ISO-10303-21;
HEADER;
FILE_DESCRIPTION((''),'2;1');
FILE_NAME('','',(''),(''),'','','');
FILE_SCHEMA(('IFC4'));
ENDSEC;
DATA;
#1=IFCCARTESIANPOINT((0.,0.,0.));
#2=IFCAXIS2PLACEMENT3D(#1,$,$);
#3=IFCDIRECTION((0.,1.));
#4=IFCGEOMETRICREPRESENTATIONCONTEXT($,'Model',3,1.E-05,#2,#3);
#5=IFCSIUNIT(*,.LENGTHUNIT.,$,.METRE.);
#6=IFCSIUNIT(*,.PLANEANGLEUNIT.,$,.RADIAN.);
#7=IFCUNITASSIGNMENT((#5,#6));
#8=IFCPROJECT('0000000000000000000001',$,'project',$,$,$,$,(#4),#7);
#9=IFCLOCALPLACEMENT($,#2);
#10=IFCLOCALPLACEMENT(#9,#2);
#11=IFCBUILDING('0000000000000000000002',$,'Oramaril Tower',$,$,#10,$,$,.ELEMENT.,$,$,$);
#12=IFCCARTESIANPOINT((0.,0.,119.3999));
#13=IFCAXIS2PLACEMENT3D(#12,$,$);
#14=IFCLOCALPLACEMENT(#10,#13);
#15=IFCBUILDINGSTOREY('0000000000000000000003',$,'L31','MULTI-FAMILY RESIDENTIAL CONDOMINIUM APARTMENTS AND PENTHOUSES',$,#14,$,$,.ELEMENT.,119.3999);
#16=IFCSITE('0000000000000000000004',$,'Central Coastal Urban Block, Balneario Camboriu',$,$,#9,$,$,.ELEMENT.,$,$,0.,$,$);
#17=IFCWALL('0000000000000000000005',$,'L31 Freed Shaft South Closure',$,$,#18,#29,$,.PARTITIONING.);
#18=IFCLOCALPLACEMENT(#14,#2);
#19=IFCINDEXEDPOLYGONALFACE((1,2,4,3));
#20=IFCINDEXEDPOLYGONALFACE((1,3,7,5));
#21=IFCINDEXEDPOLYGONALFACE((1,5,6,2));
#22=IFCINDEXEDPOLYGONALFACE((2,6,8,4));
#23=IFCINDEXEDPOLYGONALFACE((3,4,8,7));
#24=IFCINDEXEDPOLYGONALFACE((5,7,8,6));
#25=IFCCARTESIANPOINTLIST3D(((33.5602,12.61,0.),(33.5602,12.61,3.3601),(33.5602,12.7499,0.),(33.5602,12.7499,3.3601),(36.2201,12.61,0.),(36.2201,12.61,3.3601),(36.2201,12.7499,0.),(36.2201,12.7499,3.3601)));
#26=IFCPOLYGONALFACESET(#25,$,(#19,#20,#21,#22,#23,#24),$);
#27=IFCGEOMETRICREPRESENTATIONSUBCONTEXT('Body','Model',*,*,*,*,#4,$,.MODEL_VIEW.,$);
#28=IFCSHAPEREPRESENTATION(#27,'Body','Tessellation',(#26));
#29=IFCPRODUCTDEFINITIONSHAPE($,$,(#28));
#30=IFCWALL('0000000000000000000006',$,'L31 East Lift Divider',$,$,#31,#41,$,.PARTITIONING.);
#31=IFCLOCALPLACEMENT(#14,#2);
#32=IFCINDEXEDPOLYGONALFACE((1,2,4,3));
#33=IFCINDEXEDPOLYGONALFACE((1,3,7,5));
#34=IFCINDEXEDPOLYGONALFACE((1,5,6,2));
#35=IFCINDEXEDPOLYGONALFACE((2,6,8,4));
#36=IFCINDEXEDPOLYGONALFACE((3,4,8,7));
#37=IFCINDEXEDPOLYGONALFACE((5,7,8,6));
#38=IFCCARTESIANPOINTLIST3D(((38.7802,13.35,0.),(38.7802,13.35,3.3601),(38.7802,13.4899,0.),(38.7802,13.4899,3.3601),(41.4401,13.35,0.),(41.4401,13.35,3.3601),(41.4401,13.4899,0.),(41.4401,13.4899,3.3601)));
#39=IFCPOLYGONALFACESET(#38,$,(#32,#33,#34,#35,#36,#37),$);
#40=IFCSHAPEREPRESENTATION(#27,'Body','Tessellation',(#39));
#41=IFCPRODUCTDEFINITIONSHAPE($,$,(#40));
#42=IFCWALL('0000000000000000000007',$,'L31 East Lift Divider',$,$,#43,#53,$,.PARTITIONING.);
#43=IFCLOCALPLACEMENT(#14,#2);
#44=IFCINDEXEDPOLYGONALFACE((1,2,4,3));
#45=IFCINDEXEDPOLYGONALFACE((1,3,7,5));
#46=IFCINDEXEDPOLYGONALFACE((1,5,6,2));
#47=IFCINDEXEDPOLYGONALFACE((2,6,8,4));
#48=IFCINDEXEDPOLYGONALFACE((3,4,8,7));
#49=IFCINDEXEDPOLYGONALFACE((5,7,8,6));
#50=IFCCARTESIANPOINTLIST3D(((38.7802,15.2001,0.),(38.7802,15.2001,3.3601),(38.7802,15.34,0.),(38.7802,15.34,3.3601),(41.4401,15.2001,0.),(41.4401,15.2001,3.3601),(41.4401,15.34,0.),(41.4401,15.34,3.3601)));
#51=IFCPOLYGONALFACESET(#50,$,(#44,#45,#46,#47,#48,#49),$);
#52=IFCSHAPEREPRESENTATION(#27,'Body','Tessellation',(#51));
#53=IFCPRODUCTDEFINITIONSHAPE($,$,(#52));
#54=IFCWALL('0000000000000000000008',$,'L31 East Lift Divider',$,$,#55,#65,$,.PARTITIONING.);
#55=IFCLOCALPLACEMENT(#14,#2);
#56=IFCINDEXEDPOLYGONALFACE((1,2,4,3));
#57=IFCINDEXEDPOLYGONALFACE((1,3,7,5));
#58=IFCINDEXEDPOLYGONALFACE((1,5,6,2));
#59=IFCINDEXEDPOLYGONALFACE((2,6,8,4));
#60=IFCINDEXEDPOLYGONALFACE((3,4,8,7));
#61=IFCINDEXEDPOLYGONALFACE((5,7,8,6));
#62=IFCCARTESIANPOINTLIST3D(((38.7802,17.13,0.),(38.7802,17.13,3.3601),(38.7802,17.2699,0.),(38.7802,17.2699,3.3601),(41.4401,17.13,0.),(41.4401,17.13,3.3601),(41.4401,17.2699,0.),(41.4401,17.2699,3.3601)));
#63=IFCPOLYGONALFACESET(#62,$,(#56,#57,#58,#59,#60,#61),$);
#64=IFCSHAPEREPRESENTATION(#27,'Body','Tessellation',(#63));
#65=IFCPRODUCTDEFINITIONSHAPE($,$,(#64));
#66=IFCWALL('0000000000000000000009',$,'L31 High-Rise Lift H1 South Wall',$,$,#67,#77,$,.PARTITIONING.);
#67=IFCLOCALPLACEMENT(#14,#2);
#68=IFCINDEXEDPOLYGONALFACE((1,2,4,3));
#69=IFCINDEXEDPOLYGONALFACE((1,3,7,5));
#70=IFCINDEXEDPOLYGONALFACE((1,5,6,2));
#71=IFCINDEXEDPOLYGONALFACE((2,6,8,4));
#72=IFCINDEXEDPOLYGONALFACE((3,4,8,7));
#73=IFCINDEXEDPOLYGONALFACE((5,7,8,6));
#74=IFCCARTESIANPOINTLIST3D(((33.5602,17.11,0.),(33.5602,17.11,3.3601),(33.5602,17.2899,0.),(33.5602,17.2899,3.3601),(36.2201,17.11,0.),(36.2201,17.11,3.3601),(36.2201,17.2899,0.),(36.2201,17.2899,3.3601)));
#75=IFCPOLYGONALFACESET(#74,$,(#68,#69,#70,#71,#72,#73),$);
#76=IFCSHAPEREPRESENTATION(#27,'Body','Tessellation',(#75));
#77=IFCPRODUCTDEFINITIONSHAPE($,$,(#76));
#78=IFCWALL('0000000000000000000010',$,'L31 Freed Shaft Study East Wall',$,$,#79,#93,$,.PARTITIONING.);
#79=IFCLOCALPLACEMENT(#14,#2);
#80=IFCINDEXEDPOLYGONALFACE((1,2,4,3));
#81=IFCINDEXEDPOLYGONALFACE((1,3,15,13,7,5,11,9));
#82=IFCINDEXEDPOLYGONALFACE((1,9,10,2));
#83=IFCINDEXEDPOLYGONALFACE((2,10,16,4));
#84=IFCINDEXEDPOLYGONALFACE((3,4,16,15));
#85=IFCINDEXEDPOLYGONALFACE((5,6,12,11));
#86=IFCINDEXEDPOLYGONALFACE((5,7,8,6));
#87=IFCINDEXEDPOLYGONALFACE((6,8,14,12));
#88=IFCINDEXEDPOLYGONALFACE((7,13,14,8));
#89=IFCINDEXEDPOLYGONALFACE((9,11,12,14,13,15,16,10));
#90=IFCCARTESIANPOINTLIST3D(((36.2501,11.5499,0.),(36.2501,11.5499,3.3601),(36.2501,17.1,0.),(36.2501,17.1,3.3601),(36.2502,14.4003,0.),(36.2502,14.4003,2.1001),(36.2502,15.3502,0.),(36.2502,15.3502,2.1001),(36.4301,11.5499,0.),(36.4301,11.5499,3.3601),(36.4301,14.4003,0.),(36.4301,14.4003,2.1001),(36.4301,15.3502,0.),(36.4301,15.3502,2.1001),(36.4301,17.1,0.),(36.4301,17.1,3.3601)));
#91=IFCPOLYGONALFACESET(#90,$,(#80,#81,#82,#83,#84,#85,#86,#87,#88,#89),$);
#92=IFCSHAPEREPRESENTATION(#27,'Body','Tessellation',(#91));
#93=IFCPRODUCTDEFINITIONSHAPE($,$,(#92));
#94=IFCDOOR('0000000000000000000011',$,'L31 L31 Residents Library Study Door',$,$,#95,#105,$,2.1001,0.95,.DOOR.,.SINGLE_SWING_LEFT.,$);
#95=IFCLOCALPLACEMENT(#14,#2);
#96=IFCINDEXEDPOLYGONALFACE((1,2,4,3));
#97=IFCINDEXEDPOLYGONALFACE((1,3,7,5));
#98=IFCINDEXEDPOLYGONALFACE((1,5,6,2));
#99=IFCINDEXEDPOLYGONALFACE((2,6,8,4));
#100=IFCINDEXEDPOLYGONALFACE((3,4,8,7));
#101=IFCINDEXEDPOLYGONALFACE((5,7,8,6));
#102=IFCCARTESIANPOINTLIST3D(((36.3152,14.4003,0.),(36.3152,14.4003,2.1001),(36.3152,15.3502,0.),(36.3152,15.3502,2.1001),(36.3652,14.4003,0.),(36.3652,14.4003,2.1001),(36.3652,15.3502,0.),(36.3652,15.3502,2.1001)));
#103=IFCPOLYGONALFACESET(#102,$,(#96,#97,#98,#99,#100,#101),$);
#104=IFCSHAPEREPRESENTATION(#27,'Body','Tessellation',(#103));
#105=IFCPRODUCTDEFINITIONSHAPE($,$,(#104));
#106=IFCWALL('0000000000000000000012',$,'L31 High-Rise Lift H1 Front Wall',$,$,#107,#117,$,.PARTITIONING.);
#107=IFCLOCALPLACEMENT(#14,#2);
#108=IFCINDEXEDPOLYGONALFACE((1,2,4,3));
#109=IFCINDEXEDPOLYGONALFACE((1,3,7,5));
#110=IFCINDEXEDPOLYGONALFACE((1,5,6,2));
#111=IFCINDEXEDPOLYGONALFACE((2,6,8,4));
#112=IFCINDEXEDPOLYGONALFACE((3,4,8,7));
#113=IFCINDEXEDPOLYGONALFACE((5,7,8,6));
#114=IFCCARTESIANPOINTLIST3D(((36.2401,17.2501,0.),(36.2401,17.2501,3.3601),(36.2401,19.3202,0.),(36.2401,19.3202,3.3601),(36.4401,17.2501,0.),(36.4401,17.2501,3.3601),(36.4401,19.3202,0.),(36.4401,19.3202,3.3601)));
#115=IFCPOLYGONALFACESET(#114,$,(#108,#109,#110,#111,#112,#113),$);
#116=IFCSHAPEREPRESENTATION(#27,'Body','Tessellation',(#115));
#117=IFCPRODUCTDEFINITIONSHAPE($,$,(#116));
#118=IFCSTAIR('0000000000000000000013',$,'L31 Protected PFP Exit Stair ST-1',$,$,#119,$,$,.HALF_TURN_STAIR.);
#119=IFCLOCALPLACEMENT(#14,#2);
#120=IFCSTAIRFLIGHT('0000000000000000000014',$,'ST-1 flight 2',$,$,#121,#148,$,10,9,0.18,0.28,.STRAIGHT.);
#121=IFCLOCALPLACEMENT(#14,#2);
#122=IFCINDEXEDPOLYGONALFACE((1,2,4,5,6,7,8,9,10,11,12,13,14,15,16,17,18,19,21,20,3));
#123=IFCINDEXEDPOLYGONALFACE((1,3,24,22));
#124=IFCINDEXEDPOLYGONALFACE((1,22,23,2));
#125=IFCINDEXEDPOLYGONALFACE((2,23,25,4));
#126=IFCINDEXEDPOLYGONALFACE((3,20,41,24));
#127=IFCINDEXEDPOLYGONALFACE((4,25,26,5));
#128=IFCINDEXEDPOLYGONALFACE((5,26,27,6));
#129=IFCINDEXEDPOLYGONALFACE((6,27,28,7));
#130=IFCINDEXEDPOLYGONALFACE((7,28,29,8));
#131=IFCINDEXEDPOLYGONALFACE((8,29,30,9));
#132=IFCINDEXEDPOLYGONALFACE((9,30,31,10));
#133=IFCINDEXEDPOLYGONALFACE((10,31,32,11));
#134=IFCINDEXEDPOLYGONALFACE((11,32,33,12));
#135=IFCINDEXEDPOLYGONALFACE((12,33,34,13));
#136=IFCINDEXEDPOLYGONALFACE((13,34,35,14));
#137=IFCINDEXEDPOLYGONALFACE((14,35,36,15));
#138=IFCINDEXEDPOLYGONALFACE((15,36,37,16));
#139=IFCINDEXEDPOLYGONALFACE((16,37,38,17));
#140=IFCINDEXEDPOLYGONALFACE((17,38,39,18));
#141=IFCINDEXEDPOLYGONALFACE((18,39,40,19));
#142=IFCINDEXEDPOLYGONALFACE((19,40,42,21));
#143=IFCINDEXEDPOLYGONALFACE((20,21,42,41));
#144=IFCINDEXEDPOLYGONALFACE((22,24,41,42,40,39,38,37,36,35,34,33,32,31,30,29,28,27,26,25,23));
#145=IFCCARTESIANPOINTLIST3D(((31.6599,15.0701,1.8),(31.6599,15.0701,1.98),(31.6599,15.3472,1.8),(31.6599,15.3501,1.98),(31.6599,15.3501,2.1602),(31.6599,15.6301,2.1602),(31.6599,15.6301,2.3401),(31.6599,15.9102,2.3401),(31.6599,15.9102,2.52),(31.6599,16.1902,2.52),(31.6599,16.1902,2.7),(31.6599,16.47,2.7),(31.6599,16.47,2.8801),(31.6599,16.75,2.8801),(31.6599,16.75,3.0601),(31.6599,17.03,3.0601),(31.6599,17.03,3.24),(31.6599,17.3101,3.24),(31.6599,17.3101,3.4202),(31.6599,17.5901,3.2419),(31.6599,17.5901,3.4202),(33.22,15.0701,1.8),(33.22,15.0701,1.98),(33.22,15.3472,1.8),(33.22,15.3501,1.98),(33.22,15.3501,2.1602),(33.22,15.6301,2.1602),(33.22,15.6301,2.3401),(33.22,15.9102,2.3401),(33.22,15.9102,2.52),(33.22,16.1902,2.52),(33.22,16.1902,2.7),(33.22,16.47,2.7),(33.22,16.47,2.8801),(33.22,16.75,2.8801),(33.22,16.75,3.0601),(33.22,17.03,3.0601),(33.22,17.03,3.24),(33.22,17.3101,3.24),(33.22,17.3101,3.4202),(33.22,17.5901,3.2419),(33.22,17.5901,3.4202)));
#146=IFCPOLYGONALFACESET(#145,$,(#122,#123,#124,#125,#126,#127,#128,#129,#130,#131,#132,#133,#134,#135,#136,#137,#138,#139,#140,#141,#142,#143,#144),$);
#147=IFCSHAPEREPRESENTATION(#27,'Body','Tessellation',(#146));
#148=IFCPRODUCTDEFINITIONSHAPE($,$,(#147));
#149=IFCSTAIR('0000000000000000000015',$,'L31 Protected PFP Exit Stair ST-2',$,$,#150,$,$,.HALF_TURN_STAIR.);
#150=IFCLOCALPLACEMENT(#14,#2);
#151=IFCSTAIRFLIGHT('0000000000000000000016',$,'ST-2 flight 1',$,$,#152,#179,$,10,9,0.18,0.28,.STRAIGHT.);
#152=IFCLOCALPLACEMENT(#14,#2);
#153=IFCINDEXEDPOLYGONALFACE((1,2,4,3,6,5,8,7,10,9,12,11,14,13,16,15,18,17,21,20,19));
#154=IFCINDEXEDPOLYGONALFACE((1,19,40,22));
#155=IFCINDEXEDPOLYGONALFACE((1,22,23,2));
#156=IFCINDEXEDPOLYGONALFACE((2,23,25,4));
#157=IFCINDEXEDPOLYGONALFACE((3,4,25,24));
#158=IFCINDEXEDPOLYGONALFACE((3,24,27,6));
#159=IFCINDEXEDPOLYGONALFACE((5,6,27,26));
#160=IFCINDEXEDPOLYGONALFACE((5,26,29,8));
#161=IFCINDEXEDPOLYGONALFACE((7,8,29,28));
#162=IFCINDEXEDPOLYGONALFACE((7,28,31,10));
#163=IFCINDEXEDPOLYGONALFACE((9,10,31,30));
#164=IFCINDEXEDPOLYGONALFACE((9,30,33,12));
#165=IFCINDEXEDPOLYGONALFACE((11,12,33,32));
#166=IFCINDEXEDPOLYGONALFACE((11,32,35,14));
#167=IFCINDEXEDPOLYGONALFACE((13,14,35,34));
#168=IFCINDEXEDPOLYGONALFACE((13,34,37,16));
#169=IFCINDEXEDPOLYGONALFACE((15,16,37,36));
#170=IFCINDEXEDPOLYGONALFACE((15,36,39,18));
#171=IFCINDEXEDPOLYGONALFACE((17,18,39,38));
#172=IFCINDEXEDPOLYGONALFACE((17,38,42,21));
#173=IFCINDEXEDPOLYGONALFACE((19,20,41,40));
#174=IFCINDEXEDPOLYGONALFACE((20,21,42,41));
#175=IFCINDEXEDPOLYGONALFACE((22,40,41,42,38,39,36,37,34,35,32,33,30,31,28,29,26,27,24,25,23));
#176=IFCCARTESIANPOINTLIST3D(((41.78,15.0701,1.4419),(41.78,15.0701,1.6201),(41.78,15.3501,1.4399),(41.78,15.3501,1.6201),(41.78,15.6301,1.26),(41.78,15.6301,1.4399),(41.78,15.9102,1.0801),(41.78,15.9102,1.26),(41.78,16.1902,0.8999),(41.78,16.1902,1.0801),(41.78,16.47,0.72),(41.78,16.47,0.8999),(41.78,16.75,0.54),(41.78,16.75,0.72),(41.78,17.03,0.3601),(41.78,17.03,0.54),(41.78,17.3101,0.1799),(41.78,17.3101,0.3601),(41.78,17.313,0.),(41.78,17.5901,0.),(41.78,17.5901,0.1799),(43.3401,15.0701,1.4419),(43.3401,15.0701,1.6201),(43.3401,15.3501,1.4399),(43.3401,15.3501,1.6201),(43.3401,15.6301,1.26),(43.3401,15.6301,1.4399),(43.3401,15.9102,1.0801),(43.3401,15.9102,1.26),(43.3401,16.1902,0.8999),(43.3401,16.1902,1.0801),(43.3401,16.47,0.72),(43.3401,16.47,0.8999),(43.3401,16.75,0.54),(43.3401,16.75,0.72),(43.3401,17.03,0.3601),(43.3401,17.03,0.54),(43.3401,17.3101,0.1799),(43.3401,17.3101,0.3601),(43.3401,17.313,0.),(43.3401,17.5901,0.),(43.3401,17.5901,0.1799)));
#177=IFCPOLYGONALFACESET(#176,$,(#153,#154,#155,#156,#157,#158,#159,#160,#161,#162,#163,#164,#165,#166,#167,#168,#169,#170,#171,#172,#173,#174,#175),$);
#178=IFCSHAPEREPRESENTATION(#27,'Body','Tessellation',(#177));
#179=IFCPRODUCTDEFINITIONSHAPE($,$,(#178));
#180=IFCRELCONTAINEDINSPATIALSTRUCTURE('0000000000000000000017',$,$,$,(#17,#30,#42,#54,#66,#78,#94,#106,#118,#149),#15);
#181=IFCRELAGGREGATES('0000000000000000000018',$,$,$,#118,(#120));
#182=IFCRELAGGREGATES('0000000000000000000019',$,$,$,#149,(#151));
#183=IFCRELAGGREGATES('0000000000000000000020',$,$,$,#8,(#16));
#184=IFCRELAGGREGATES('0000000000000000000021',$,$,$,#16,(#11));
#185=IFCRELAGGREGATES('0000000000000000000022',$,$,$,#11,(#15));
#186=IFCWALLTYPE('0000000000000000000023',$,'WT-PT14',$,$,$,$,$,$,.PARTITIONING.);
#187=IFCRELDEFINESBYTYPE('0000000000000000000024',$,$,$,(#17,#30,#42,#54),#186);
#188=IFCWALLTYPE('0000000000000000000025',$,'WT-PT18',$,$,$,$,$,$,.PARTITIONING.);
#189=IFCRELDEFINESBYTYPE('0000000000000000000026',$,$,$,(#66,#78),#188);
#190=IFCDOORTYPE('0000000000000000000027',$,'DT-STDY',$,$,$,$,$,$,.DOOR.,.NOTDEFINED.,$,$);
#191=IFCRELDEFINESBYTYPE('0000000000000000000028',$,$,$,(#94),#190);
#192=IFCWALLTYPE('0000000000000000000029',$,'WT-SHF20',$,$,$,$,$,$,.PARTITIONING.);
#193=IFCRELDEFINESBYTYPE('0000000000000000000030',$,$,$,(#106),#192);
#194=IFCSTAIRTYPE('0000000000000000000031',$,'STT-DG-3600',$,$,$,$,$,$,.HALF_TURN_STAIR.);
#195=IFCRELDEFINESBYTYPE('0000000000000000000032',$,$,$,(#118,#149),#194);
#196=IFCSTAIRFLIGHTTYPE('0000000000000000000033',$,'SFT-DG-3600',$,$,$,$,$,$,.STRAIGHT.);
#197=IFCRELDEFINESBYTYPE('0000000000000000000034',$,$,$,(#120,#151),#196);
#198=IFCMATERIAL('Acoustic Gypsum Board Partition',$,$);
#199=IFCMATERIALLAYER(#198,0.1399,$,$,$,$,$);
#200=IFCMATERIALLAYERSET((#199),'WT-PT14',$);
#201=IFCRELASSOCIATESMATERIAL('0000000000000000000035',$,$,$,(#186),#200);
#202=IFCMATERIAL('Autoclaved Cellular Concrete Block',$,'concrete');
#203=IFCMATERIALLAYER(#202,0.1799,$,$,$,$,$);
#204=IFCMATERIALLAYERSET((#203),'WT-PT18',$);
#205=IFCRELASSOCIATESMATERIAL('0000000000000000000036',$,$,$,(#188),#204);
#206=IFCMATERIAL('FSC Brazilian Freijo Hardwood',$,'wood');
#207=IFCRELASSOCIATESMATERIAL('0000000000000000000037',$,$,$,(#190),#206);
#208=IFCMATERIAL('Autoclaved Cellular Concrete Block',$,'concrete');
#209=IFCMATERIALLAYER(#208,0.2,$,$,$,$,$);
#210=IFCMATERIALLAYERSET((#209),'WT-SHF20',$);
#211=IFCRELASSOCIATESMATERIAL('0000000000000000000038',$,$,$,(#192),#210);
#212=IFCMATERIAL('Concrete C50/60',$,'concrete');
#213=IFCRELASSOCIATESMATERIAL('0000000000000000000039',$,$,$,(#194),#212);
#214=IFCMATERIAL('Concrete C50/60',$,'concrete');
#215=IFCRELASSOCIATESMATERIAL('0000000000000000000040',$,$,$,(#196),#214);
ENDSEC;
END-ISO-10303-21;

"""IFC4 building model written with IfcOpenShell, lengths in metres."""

from ifc_helpers import new_model, si_unit, direction, frame, frame_2d, origin, place, context, subcontext, project, spatial, polyline, rectangle, outline, extrude, material, layer, layer_set, type_object, element, fill, aggregate, save


model = new_model("IFC4")

# Units and contexts
model_context = context("Model", 3, precision=1e-05, world=origin(), true_north=direction((0.0, 1.0)))
body_context = subcontext(model_context, "Body", "Model", "MODEL_VIEW")
ifc_project = project(units=[si_unit("LENGTHUNIT", "METRE"), si_unit("PLANEANGLEUNIT", "RADIAN")], contexts=[model_context])

# Site, building, storey
site_placement = place(None, origin())
site = spatial("IfcSite", under=ifc_project, at=site_placement, Name="Central Coastal Urban Block, Balneario Camboriu", CompositionType="ELEMENT", RefElevation=0.0)
building_placement = place(site_placement, origin())
building = spatial("IfcBuilding", under=site, at=building_placement, Name="Oramaril Tower", CompositionType="ELEMENT")
storey_placement = place(building_placement, frame((0.0, 0.0, 119.3999)))
storey = spatial("IfcBuildingStorey", under=building, at=storey_placement, Name="L31", Description="MULTI-FAMILY RESIDENTIAL CONDOMINIUM APARTMENTS AND PENTHOUSES", CompositionType="ELEMENT", Elevation=119.3999)

# Walls
ifc_material_1 = material(Name="Acoustic Gypsum Board Partition")
ifc_layer_1 = layer(ifc_material_1, 0.1399)
ifc_layer_set_1 = layer_set([ifc_layer_1], Name="WT-PT14")
wall_type_1 = type_object("IfcWallType", Name="WT-PT14", PredefinedType="PARTITIONING", material=ifc_layer_set_1)
for number, where, z_axis, x_axis, name in (
    (1, (33.5601, 12.6799, 0.0), (0.0, 0.0, 1.0), (1.0, 0.0, 0.0), "L31 Freed Shaft South Closure"),
    (2, (38.78, 13.4199, 0.0), (0.0, 0.0, 1.0), (1.0, 0.0, 0.0), "L31 East Lift Divider"),
    (3, (38.78, 15.27, 0.0), (0.0, 0.0, 1.0), (1.0, 0.0, 0.0), "L31 East Lift Divider"),
    (4, (38.78, 17.2, 0.0), (0.0, 0.0, 1.0), (1.0, 0.0, 0.0), "L31 East Lift Divider"),
):
    element("IfcWall", number, at=place(storey_placement, frame(where, z_axis=z_axis, x_axis=x_axis)), inside=storey, type_object=wall_type_1, Name=name, PredefinedType="PARTITIONING", context=body_context, shape_type="SweptSolid", body=[
        extrude(rectangle(XDim=2.6599, YDim=0.1399, at=frame_2d((1.3301, 0.0))), origin(), (0.0, 0.0, 1.0), 3.3601),
    ])
ifc_material_2 = material(Name="Autoclaved Cellular Concrete Block", Category="concrete")
ifc_layer_2 = layer(ifc_material_2, 0.1799)
ifc_layer_set_2 = layer_set([ifc_layer_2], Name="WT-PT18")
wall_type_2 = type_object("IfcWallType", Name="WT-PT18", PredefinedType="PARTITIONING", material=ifc_layer_set_2)
wall_1_placement = place(storey_placement, frame((33.5601, 17.2, 0.0), z_axis=(0.0, 0.0, 1.0), x_axis=(1.0, 0.0, 0.0)))
element("IfcWall", 5, at=wall_1_placement, inside=storey, type_object=wall_type_2, Name="L31 High-Rise Lift H1 South Wall", PredefinedType="PARTITIONING", context=body_context, shape_type="SweptSolid", body=[
    extrude(rectangle(XDim=2.6599, YDim=0.1799, at=frame_2d((1.3301, 0.0))), origin(), (0.0, 0.0, 1.0), 3.3601),
])

# Wall, opening, door
wall_2_placement = place(storey_placement, frame((36.3401, 11.55, 0.0), z_axis=(0.0, 0.0, 1.0), x_axis=(0.0, 1.0, 0.0)))
wall_2 = element("IfcWall", 6, at=wall_2_placement, inside=storey, type_object=wall_type_2, Name="L31 Freed Shaft Study East Wall", PredefinedType="PARTITIONING", context=body_context, shape_type="SweptSolid", body=[
    extrude(rectangle(XDim=5.55, YDim=0.1799, at=frame_2d((2.7749, 0.0))), origin(), (0.0, 0.0, 1.0), 3.3601),
])
opening_1_placement = place(wall_2_placement, frame((2.8501, 0.0, 0.0)))
opening_1 = element("IfcOpeningElement", 7, at=opening_1_placement, cuts=wall_2, PredefinedType="OPENING", context=body_context, shape_type="SweptSolid", body=[
    extrude(rectangle(XDim=0.95, YDim=2.1001, at=frame_2d((0.4751, 1.05))), frame((0.0, 0.0898, 0.0), z_axis=(0.0, -1.0, 0.0), x_axis=(1.0, 0.0, 0.0)), (0.0, 0.0, 1.0), 0.1799),
])
ifc_material_3 = material(Name="FSC Brazilian Freijo Hardwood", Category="wood")
door_type_1 = type_object("IfcDoorType", Name="DT-STDY", OperationType="NOTDEFINED", PredefinedType="DOOR", material=ifc_material_3)
door_1_placement = place(opening_1_placement, origin())
door_1 = element("IfcDoor", 8, at=door_1_placement, inside=storey, type_object=door_type_1, Name="L31 L31 Residents Library Study Door", OperationType="SINGLE_SWING_LEFT", OverallHeight=2.1001, OverallWidth=0.95, PredefinedType="DOOR", context=body_context, shape_type="SweptSolid", body=[
    extrude(rectangle(XDim=0.95, YDim=2.1001, at=frame_2d((0.4751, 1.05))), frame((0.0, 0.0249, 0.0), z_axis=(0.0, -1.0, 0.0), x_axis=(1.0, 0.0, 0.0)), (0.0, 0.0, 1.0), 0.05),
])
fill(opening_1, door_1)

# Wall
ifc_material_4 = material(Name="Autoclaved Cellular Concrete Block", Category="concrete")
ifc_layer_3 = layer(ifc_material_4, 0.2)
ifc_layer_set_3 = layer_set([ifc_layer_3], Name="WT-SHF20")
wall_type_3 = type_object("IfcWallType", Name="WT-SHF20", PredefinedType="PARTITIONING", material=ifc_layer_set_3)
wall_3_placement = place(storey_placement, frame((36.3401, 17.25, 0.0), z_axis=(0.0, 0.0, 1.0), x_axis=(0.0, 1.0, 0.0)))
element("IfcWall", 9, at=wall_3_placement, inside=storey, type_object=wall_type_3, Name="L31 High-Rise Lift H1 Front Wall", PredefinedType="PARTITIONING", context=body_context, shape_type="SweptSolid", body=[
    extrude(rectangle(XDim=2.0701, YDim=0.2, at=frame_2d((1.0352, 0.0))), origin(), (0.0, 0.0, 1.0), 3.3601),
])

# Stair, stair flight
ifc_material_5 = material(Name="Concrete C50/60", Category="concrete")
stair_type = type_object("IfcStairType", Name="STT-DG-3600", PredefinedType="HALF_TURN_STAIR", material=ifc_material_5)
stair_1_placement = place(storey_placement, origin())
stair_1 = element("IfcStair", 10, at=stair_1_placement, inside=storey, type_object=stair_type, Name="L31 Protected PFP Exit Stair ST-1", PredefinedType="HALF_TURN_STAIR")
ifc_material_6 = material(Name="Concrete C50/60", Category="concrete")
stair_flight_type = type_object("IfcStairFlightType", Name="SFT-DG-3600", PredefinedType="STRAIGHT", material=ifc_material_6)
stair_flight_1_placement = place(storey_placement, frame((32.4399, 15.0701, 1.8), z_axis=(0.0, 0.0, 1.0), x_axis=(0.0, 1.0, 0.0)))
stair_flight_1 = element("IfcStairFlight", 11, at=stair_flight_1_placement, type_object=stair_flight_type, Name="ST-1 flight 2", NumberOfRisers=10, NumberOfTreads=9, PredefinedType="STRAIGHT", RiserHeight=0.18, TreadLength=0.28, context=body_context, shape_type="SweptSolid", body=[
    extrude(outline(polyline([(0.0, 0.0), (0.0, 0.1799), (0.28, 0.1799), (0.28, 0.3601), (0.5601, 0.3601), (0.5601, 0.54), (0.8401, 0.54), (0.8401, 0.72), (1.1201, 0.72), (1.1201, 0.8999), (1.3999, 0.8999), (1.3999, 1.0801), (1.6799, 1.0801), (1.6799, 1.26), (1.96, 1.26), (1.96, 1.4399), (2.24, 1.4399), (2.24, 1.6201), (2.52, 1.6201), (2.52, 1.8), (2.52, 1.4419), (0.2771, 0.0), (0.0, 0.0)])), frame((0.0, 0.78, 0.0), z_axis=(0.0, -1.0, 0.0), x_axis=(1.0, 0.0, 0.0)), (0.0, 0.0, 1.0), 1.5601),
])
aggregate(stair_1, [stair_flight_1])

# Stair, stair flight
stair_2_placement = place(storey_placement, origin())
stair_2 = element("IfcStair", 12, at=stair_2_placement, inside=storey, type_object=stair_type, Name="L31 Protected PFP Exit Stair ST-2", PredefinedType="HALF_TURN_STAIR")
stair_flight_2_placement = place(storey_placement, frame((42.5601, 17.5901, 0.0), z_axis=(0.0, 0.0, 1.0), x_axis=(0.0, -1.0, 0.0)))
stair_flight_2 = element("IfcStairFlight", 13, at=stair_flight_2_placement, type_object=stair_flight_type, Name="ST-2 flight 1", NumberOfRisers=10, NumberOfTreads=9, PredefinedType="STRAIGHT", RiserHeight=0.18, TreadLength=0.28, context=body_context, shape_type="SweptSolid", body=[
    extrude(outline(polyline([(0.0, 0.0), (0.0, 0.1799), (0.28, 0.1799), (0.28, 0.3601), (0.5601, 0.3601), (0.5601, 0.54), (0.8401, 0.54), (0.8401, 0.72), (1.1201, 0.72), (1.1201, 0.8999), (1.3999, 0.8999), (1.3999, 1.0801), (1.6799, 1.0801), (1.6799, 1.26), (1.96, 1.26), (1.96, 1.4399), (2.24, 1.4399), (2.24, 1.6201), (2.52, 1.6201), (2.52, 1.8), (2.52, 1.4419), (0.2771, 0.0), (0.0, 0.0)])), frame((0.0, 0.78, 0.0), z_axis=(0.0, -1.0, 0.0), x_axis=(1.0, 0.0, 0.0)), (0.0, 0.0, 1.0), 1.5601),
])
aggregate(stair_2, [stair_flight_2])

save(model, "model.ifc")
